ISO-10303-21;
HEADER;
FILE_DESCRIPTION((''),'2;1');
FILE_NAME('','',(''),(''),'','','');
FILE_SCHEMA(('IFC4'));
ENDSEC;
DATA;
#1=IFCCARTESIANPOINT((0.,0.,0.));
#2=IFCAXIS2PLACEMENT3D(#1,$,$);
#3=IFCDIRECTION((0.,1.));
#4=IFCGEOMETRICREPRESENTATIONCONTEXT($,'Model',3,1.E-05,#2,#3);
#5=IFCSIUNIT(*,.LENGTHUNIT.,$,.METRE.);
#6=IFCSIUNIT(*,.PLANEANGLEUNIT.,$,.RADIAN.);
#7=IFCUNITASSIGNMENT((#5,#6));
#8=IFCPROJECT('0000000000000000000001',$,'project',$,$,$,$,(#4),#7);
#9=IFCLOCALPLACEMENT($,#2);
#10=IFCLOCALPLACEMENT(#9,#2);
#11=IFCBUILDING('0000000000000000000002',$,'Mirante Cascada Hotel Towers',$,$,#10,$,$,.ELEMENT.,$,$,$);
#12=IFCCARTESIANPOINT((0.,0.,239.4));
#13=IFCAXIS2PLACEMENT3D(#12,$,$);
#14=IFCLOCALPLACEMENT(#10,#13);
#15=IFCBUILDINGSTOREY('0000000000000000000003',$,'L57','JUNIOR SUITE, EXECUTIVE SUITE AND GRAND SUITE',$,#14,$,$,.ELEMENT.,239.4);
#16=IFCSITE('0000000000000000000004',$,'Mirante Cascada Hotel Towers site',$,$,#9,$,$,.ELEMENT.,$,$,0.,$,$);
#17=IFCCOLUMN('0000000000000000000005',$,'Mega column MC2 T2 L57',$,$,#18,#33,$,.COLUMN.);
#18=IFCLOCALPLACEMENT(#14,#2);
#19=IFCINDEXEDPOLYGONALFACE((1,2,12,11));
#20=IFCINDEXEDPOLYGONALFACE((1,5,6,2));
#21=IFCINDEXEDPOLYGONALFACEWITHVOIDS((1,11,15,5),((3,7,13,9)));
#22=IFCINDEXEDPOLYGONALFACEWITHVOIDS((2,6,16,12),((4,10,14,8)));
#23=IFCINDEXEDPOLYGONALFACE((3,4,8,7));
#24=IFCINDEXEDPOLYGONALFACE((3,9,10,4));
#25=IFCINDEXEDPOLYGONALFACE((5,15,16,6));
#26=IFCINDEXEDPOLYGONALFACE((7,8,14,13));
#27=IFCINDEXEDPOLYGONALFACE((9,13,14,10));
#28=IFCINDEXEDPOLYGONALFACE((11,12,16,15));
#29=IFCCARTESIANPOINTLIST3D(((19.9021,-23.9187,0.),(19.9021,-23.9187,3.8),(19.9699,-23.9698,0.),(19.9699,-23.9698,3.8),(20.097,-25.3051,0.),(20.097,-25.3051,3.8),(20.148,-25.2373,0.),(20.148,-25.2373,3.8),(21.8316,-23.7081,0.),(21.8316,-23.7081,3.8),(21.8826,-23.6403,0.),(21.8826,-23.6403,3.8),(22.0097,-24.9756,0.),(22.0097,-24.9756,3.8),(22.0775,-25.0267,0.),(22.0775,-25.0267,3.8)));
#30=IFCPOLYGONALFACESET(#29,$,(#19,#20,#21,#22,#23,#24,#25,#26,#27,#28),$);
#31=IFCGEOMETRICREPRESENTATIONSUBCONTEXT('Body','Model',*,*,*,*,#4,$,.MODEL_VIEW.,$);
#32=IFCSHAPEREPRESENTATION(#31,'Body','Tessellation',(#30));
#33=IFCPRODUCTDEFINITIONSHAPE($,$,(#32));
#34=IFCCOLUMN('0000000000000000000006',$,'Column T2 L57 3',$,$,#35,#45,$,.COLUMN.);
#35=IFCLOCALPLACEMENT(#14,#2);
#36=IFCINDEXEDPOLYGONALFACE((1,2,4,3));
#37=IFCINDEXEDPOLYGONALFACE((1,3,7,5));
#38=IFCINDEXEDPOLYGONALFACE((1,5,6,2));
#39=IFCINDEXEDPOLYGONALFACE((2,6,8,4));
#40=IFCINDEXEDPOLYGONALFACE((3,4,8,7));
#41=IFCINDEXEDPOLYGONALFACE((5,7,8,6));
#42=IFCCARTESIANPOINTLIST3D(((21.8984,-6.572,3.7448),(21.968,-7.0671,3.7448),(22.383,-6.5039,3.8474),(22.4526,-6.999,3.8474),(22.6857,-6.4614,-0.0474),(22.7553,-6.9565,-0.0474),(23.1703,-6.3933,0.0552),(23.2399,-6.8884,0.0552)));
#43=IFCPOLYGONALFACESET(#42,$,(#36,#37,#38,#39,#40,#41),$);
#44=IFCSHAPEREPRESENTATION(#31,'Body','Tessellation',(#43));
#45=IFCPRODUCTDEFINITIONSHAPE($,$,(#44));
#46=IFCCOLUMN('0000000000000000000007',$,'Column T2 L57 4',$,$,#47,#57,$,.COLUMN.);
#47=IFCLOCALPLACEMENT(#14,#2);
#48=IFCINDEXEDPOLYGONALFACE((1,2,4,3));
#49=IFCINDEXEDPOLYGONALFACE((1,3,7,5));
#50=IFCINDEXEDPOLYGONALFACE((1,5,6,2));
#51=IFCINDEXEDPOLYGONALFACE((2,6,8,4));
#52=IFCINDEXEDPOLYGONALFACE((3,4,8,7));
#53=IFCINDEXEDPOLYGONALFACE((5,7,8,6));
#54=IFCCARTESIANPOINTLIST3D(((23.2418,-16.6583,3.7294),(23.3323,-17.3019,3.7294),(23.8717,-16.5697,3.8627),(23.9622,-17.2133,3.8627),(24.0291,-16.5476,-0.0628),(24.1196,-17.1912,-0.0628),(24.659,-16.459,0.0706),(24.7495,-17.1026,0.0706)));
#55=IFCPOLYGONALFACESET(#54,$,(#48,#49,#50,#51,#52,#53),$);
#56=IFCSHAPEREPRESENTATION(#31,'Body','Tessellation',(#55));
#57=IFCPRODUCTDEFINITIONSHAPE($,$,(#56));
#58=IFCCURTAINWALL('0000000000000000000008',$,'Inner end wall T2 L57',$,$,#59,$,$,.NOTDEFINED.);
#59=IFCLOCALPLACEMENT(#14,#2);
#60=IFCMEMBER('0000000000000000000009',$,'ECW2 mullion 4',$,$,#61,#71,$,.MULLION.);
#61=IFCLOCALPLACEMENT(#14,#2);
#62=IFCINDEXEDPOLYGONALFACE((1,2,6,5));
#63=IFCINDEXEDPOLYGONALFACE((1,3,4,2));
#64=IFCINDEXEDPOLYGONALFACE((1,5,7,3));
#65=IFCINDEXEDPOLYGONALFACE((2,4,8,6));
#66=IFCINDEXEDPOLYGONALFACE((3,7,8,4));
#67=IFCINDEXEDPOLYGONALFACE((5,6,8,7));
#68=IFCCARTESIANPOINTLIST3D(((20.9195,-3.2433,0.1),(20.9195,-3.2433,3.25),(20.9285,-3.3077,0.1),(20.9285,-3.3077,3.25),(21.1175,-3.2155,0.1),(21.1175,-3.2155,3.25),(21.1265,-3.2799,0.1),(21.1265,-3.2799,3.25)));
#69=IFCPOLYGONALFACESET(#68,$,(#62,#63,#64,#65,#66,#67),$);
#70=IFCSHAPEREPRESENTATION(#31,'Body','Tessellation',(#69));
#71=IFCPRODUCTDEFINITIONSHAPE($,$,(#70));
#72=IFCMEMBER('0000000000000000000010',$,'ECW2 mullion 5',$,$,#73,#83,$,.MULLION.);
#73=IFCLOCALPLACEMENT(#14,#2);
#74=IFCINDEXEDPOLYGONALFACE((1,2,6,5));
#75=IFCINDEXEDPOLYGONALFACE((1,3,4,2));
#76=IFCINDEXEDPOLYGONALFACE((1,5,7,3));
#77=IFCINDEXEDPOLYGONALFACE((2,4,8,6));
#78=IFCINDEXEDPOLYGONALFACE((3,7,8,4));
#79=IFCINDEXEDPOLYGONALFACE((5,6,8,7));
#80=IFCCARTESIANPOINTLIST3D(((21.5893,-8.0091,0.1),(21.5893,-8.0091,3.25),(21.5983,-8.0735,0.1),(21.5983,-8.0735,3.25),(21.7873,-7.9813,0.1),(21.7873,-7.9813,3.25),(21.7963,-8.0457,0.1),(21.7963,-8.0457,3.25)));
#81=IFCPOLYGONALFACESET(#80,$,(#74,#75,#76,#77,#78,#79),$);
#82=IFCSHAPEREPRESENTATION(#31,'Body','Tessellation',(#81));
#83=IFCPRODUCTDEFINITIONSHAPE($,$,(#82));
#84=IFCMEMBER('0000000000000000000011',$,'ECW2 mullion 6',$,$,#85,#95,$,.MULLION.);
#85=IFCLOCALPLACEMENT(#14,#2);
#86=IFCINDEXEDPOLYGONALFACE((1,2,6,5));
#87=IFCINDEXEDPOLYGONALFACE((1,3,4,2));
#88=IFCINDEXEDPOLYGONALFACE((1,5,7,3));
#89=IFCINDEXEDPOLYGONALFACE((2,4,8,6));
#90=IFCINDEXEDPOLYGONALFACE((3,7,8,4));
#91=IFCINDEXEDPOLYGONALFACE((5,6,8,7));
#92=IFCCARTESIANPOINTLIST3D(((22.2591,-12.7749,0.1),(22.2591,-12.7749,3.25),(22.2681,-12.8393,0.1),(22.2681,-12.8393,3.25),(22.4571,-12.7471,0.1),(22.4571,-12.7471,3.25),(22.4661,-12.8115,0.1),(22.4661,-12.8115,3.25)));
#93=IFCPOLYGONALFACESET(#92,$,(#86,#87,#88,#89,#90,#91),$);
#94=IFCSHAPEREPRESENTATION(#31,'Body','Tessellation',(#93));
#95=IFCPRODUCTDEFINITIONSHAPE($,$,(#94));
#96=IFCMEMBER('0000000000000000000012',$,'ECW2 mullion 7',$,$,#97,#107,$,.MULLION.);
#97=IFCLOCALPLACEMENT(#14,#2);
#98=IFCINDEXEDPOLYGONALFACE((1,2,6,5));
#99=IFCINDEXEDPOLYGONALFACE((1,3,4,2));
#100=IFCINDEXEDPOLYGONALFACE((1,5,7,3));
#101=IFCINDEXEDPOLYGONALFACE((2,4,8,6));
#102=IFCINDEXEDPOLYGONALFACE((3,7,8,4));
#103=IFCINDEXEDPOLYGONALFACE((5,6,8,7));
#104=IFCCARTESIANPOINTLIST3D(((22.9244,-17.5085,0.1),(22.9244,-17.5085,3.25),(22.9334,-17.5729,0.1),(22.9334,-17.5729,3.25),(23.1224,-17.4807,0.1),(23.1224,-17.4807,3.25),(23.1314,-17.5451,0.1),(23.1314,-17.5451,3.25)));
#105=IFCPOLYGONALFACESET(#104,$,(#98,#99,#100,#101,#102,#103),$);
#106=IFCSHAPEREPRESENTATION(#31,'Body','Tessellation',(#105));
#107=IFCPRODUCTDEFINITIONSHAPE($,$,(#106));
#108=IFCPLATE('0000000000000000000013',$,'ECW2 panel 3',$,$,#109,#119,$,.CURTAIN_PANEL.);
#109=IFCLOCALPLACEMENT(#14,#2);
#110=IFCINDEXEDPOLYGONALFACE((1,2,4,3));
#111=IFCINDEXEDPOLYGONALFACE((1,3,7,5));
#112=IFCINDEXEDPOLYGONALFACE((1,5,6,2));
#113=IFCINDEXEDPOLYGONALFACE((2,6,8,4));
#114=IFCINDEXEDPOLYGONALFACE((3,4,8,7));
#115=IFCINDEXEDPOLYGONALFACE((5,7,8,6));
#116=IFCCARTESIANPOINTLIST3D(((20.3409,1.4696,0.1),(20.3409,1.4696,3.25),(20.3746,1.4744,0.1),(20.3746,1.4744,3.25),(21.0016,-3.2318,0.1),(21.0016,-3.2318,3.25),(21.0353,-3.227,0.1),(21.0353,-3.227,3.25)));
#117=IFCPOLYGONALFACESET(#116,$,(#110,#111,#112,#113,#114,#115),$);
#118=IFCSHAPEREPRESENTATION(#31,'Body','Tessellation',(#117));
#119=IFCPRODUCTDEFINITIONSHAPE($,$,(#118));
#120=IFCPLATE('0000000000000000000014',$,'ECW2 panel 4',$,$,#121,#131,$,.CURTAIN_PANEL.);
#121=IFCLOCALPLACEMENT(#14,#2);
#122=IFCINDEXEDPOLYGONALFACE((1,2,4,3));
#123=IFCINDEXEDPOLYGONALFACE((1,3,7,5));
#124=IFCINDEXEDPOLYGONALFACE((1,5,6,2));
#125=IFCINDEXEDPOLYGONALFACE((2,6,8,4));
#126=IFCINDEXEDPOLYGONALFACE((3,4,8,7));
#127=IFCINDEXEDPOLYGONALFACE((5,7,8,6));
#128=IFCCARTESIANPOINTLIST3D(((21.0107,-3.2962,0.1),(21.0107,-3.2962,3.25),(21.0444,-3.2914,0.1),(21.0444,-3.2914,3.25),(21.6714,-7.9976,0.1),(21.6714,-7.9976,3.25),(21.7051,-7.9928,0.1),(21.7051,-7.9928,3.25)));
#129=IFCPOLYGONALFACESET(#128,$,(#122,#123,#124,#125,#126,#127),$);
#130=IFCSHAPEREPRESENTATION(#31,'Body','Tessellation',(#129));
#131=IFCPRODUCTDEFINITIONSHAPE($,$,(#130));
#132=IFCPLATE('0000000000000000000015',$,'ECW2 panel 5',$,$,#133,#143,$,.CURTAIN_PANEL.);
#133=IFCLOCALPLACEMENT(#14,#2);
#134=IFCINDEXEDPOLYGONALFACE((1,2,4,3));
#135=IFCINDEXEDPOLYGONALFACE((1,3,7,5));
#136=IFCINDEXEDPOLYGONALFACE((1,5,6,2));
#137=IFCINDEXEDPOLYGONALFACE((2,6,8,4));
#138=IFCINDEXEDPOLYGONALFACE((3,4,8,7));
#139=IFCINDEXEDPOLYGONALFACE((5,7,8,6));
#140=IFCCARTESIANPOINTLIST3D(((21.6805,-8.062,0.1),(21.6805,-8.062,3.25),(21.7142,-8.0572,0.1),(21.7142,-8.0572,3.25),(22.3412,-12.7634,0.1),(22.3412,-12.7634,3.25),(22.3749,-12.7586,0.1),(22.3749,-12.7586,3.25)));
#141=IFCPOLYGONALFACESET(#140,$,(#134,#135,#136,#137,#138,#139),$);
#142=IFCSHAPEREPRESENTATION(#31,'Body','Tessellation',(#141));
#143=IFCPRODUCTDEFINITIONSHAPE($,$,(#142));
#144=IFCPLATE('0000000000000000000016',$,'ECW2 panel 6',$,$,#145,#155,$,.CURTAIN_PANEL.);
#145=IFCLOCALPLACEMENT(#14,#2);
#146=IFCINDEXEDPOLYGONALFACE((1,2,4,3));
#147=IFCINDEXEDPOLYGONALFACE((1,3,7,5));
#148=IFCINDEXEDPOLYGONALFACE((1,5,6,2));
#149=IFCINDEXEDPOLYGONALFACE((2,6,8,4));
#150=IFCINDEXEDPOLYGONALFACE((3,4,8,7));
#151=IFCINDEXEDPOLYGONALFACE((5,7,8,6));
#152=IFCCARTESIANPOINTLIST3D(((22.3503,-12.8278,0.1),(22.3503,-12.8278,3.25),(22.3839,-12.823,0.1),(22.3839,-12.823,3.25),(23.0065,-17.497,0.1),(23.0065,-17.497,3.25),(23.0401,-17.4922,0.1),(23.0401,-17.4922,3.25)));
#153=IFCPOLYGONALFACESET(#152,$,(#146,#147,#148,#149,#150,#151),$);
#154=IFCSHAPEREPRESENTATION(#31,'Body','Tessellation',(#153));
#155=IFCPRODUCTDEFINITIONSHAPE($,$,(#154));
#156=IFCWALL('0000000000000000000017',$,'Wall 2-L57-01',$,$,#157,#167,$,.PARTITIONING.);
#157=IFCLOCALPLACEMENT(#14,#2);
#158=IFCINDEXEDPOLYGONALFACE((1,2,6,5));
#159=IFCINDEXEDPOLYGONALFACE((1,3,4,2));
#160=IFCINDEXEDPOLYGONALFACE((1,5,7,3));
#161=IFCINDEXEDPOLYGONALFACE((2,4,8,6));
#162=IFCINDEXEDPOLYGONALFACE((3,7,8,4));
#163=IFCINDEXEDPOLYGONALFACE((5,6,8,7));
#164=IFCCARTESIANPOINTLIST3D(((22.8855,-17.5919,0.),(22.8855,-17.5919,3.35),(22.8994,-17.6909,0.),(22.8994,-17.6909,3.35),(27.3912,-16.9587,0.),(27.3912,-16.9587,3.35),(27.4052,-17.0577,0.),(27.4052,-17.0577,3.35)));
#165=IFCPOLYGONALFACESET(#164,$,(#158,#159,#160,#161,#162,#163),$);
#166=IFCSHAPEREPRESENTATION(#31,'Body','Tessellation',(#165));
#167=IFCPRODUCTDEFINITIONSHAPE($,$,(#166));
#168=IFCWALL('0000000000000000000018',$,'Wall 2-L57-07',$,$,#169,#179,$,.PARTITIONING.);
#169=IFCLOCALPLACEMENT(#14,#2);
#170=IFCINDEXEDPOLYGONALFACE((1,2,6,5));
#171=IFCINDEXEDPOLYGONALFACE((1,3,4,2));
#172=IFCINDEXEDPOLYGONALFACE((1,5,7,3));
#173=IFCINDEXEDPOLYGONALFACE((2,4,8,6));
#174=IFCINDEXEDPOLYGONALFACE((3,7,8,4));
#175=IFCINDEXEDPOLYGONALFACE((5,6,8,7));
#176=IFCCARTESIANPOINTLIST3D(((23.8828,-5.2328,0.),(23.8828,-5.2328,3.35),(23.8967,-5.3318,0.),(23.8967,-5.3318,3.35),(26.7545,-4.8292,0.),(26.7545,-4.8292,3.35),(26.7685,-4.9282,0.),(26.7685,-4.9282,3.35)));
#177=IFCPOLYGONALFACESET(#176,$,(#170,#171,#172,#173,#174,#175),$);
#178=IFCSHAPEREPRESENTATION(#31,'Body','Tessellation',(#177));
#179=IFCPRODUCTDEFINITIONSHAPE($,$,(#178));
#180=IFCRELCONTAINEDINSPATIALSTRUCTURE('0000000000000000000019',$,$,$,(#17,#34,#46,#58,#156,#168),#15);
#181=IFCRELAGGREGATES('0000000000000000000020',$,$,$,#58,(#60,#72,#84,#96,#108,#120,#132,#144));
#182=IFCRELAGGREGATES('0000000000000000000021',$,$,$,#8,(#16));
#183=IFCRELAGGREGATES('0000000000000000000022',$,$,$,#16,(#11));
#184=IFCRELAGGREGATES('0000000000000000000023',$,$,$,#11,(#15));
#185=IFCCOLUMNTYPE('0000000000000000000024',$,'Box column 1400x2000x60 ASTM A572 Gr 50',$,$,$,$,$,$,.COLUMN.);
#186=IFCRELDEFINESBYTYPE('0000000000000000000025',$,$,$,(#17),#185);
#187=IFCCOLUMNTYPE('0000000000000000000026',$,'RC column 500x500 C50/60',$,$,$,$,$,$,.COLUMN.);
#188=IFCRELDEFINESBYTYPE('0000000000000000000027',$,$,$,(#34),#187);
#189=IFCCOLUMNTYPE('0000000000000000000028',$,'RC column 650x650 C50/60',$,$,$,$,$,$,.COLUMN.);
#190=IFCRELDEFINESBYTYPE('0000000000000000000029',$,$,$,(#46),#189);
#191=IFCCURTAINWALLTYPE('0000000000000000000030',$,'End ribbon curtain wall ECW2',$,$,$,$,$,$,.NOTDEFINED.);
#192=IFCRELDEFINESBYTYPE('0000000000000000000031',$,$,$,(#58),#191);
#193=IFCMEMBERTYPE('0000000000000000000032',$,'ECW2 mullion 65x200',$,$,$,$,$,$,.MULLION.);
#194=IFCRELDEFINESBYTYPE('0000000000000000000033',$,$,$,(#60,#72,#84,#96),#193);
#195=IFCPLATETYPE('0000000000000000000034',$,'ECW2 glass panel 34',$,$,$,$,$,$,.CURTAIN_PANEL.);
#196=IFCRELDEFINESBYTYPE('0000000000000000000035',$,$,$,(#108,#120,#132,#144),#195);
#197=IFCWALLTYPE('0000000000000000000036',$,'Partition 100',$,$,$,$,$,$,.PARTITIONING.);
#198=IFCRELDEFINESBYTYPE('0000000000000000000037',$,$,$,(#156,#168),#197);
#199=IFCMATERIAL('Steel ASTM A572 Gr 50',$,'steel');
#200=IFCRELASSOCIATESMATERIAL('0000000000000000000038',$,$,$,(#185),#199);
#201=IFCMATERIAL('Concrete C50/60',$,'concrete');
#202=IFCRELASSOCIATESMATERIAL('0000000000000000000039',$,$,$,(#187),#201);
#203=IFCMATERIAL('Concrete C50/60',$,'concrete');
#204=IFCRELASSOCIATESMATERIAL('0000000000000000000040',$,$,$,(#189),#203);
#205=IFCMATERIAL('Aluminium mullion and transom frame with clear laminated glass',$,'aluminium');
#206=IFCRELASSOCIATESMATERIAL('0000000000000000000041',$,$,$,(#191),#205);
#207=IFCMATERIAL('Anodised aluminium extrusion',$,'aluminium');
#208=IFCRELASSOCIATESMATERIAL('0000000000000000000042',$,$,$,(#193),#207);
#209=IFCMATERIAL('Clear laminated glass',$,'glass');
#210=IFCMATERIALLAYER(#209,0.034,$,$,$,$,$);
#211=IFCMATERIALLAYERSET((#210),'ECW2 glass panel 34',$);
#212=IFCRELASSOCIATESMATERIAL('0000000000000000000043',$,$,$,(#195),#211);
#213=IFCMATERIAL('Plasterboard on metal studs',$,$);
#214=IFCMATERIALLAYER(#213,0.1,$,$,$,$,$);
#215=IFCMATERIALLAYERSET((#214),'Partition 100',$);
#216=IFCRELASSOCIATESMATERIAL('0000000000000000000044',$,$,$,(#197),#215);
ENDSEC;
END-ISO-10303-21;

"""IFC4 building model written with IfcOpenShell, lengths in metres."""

from ifc_helpers import new_model, si_unit, direction, frame, frame_2d, origin, origin_2d, place, context, subcontext, project, spatial, rectangle, hollow_rectangle, extrude, material, layer, layer_set, material_profile, profile_set, type_object, element, aggregate, save


model = new_model("IFC4")

# Units and contexts
model_context = context("Model", 3, precision=1e-05, world=origin(), true_north=direction((0.0, 1.0)))
body_context = subcontext(model_context, "Body", "Model", "MODEL_VIEW")
ifc_project = project(units=[si_unit("LENGTHUNIT", "METRE"), si_unit("PLANEANGLEUNIT", "RADIAN")], contexts=[model_context])

# Site, building, storey
site_placement = place(None, origin())
site = spatial("IfcSite", under=ifc_project, at=site_placement, Name="Mirante Cascada Hotel Towers site", CompositionType="ELEMENT", RefElevation=0.0)
building_placement = place(site_placement, origin())
building = spatial("IfcBuilding", under=site, at=building_placement, Name="Mirante Cascada Hotel Towers", CompositionType="ELEMENT")
storey_placement = place(building_placement, frame((0.0, 0.0, 239.4)))
storey = spatial("IfcBuildingStorey", under=building, at=storey_placement, Name="L57", Description="JUNIOR SUITE, EXECUTIVE SUITE AND GRAND SUITE", CompositionType="ELEMENT", Elevation=239.4)

# Columns
ifc_material_1 = material(Name="Steel ASTM A572 Gr 50", Category="steel")
ifc_material_profile_1 = material_profile(ifc_material_1, hollow_rectangle(XDim=2.0, YDim=1.4, WallThickness=0.06, at=origin_2d()), Name="Box column 1400x2000x60 ASTM A572 Gr 50")
ifc_profile_set_1 = profile_set([ifc_material_profile_1], Name="Steel ASTM A572 Gr 50")
column_type_1 = type_object("IfcColumnType", Name="Box column 1400x2000x60 ASTM A572 Gr 50", PredefinedType="COLUMN", material=ifc_profile_set_1)
column_1_placement = place(storey_placement, frame((20.9898, -24.4727, 0.0), z_axis=(0.0, 0.0, 1.0), x_axis=(0.990268, 0.139173, 0.0)))
element("IfcColumn", 1, at=column_1_placement, inside=storey, type_object=column_type_1, Name="Mega column MC2 T2 L57", PredefinedType="COLUMN", context=body_context, shape_type="SweptSolid", body=[
    extrude(hollow_rectangle(XDim=2.0, YDim=1.4, WallThickness=0.06, at=origin_2d()), origin(), (0.0, 0.0, 1.0), 3.8),
])
ifc_material_2 = material(Name="Concrete C50/60", Category="concrete")
ifc_material_profile_2 = material_profile(ifc_material_2, rectangle(XDim=0.5, YDim=0.5, at=origin_2d()), Name="RC column 500x500 C50/60")
ifc_profile_set_2 = profile_set([ifc_material_profile_2], Name="Concrete C50/60")
column_type_2 = type_object("IfcColumnType", Name="RC column 500x500 C50/60", PredefinedType="COLUMN", material=ifc_profile_set_2)
column_2_placement = place(storey_placement, frame((22.9628, -6.6749, 0.0039), z_axis=(-0.203193, -0.028545, 0.978723), x_axis=(0.139114, -0.990276, 0.0)))
element("IfcColumn", 2, at=column_2_placement, inside=storey, type_object=column_type_2, Name="Column T2 L57 3", PredefinedType="COLUMN", context=body_context, shape_type="SweptSolid", body=[
    extrude(rectangle(XDim=0.5, YDim=0.5, at=origin_2d()), origin(), (0.0, 0.0, 1.0), 3.8746),
])
ifc_material_3 = material(Name="Concrete C50/60", Category="concrete")
ifc_material_profile_3 = material_profile(ifc_material_3, rectangle(XDim=0.65, YDim=0.65, at=origin_2d()), Name="RC column 650x650 C50/60")
ifc_profile_set_3 = profile_set([ifc_material_profile_3], Name="Concrete C50/60")
column_type_3 = type_object("IfcColumnType", Name="RC column 650x650 C50/60", PredefinedType="COLUMN", material=ifc_profile_set_3)
column_3_placement = place(storey_placement, frame((24.3893, -16.8251, 0.0039), z_axis=(-0.203193, -0.02857, 0.978722), x_axis=(0.139237, -0.990259, 0.0)))
element("IfcColumn", 3, at=column_3_placement, inside=storey, type_object=column_type_3, Name="Column T2 L57 4", PredefinedType="COLUMN", context=body_context, shape_type="SweptSolid", body=[
    extrude(rectangle(XDim=0.65, YDim=0.65, at=origin_2d()), origin(), (0.0, 0.0, 1.0), 3.8746),
])

# Curtain wall, members, plates
ifc_material_4 = material(Name="Aluminium mullion and transom frame with clear laminated glass", Category="aluminium")
curtain_wall_type = type_object("IfcCurtainWallType", Name="End ribbon curtain wall ECW2", PredefinedType="NOTDEFINED", material=ifc_material_4)
curtain_wall_placement = place(storey_placement, origin())
curtain_wall = element("IfcCurtainWall", 4, at=curtain_wall_placement, inside=storey, type_object=curtain_wall_type, Name="Inner end wall T2 L57", PredefinedType="NOTDEFINED")
ifc_material_5 = material(Name="Anodised aluminium extrusion", Category="aluminium")
ifc_material_profile_4 = material_profile(ifc_material_5, rectangle(XDim=0.2, YDim=0.065, at=origin_2d()), Name="ECW2 MULLION 65x200")
ifc_profile_set_4 = profile_set([ifc_material_profile_4], Name="Anodised aluminium extrusion")
member_type = type_object("IfcMemberType", Name="ECW2 mullion 65x200", PredefinedType="MULLION", material=ifc_profile_set_4)
member_1_placement = place(storey_placement, frame((21.023, -3.2616, 0.1), z_axis=(0.0, 0.0, 1.0), x_axis=(0.990268, 0.139173, 0.0)))
member_1 = element("IfcMember", 5, at=member_1_placement, type_object=member_type, Name="ECW2 mullion 4", PredefinedType="MULLION", context=body_context, shape_type="SweptSolid", body=[
    extrude(rectangle(XDim=0.2, YDim=0.065, at=origin_2d()), origin(), (0.0, 0.0, 1.0), 3.15),
])
member_2_placement = place(storey_placement, frame((21.6928, -8.0274, 0.1), z_axis=(0.0, 0.0, 1.0), x_axis=(0.990268, 0.139173, 0.0)))
member_2 = element("IfcMember", 6, at=member_2_placement, type_object=member_type, Name="ECW2 mullion 5", PredefinedType="MULLION", context=body_context, shape_type="SweptSolid", body=[
    extrude(rectangle(XDim=0.2, YDim=0.065, at=origin_2d()), origin(), (0.0, 0.0, 1.0), 3.15),
])
member_3_placement = place(storey_placement, frame((22.3626, -12.7932, 0.1), z_axis=(0.0, 0.0, 1.0), x_axis=(0.990268, 0.139173, 0.0)))
member_3 = element("IfcMember", 7, at=member_3_placement, type_object=member_type, Name="ECW2 mullion 6", PredefinedType="MULLION", context=body_context, shape_type="SweptSolid", body=[
    extrude(rectangle(XDim=0.2, YDim=0.065, at=origin_2d()), origin(), (0.0, 0.0, 1.0), 3.15),
])
member_4_placement = place(storey_placement, frame((23.0279, -17.5268, 0.1), z_axis=(0.0, 0.0, 1.0), x_axis=(0.990268, 0.139173, 0.0)))
member_4 = element("IfcMember", 8, at=member_4_placement, type_object=member_type, Name="ECW2 mullion 7", PredefinedType="MULLION", context=body_context, shape_type="SweptSolid", body=[
    extrude(rectangle(XDim=0.2, YDim=0.065, at=origin_2d()), origin(), (0.0, 0.0, 1.0), 3.15),
])
ifc_material_6 = material(Name="Clear laminated glass", Category="glass")
ifc_layer_1 = layer(ifc_material_6, 0.034)
ifc_layer_set_1 = layer_set([ifc_layer_1], Name="ECW2 glass panel 34")
plate_type = type_object("IfcPlateType", Name="ECW2 glass panel 34", PredefinedType="CURTAIN_PANEL", material=ifc_layer_set_1)
plate_1_placement = place(storey_placement, frame((20.6881, -0.8787, 0.1), z_axis=(0.0, 0.0, 1.0), x_axis=(0.139173, -0.990268, 0.0)))
plate_1 = element("IfcPlate", 9, at=plate_1_placement, type_object=plate_type, Name="ECW2 panel 3", PredefinedType="CURTAIN_PANEL", context=body_context, shape_type="SweptSolid", body=[
    extrude(rectangle(XDim=4.7476, YDim=0.034, at=origin_2d()), origin(), (0.0, 0.0, 1.0), 3.15),
])
plate_2_placement = place(storey_placement, frame((21.3579, -5.6445, 0.1), z_axis=(0.0, 0.0, 1.0), x_axis=(0.139173, -0.990268, 0.0)))
plate_2 = element("IfcPlate", 10, at=plate_2_placement, type_object=plate_type, Name="ECW2 panel 4", PredefinedType="CURTAIN_PANEL", context=body_context, shape_type="SweptSolid", body=[
    extrude(rectangle(XDim=4.7476, YDim=0.034, at=origin_2d()), origin(), (0.0, 0.0, 1.0), 3.15),
])
plate_3_placement = place(storey_placement, frame((22.0277, -10.4103, 0.1), z_axis=(0.0, 0.0, 1.0), x_axis=(0.139173, -0.990268, 0.0)))
plate_3 = element("IfcPlate", 11, at=plate_3_placement, type_object=plate_type, Name="ECW2 panel 5", PredefinedType="CURTAIN_PANEL", context=body_context, shape_type="SweptSolid", body=[
    extrude(rectangle(XDim=4.7476, YDim=0.034, at=origin_2d()), origin(), (0.0, 0.0, 1.0), 3.15),
])
plate_4_placement = place(storey_placement, frame((22.6952, -15.16, 0.1), z_axis=(0.0, 0.0, 1.0), x_axis=(0.139173, -0.990268, 0.0)))
plate_4 = element("IfcPlate", 12, at=plate_4_placement, type_object=plate_type, Name="ECW2 panel 6", PredefinedType="CURTAIN_PANEL", context=body_context, shape_type="SweptSolid", body=[
    extrude(rectangle(XDim=4.7151, YDim=0.034, at=origin_2d()), origin(), (0.0, 0.0, 1.0), 3.15),
])
aggregate(curtain_wall, [member_1, member_2, member_3, member_4, plate_1, plate_2, plate_3, plate_4])

# Walls
ifc_material_7 = material(Name="Plasterboard on metal studs")
ifc_layer_2 = layer(ifc_material_7, 0.1)
ifc_layer_set_2 = layer_set([ifc_layer_2], Name="Partition 100")
wall_type_1 = type_object("IfcWallType", Name="Partition 100", PredefinedType="PARTITIONING", material=ifc_layer_set_2)
wall_1_placement = place(storey_placement, frame((27.3982, -17.0082, 0.0), z_axis=(0.0, 0.0, 1.0), x_axis=(-0.990269, -0.139166, 0.0)))
element("IfcWall", 13, at=wall_1_placement, inside=storey, type_object=wall_type_1, Name="Wall 2-L57-01", PredefinedType="PARTITIONING", context=body_context, shape_type="SweptSolid", body=[
    extrude(rectangle(XDim=4.55, YDim=0.1, at=frame_2d((2.275, 0.0))), origin(), (0.0, 0.0, 1.0), 3.35),
])
wall_2_placement = place(storey_placement, frame((26.7615, -4.8787, 0.0), z_axis=(0.0, 0.0, 1.0), x_axis=(-0.990268, -0.139171, 0.0)))
element("IfcWall", 14, at=wall_2_placement, inside=storey, type_object=wall_type_1, Name="Wall 2-L57-07", PredefinedType="PARTITIONING", context=body_context, shape_type="SweptSolid", body=[
    extrude(rectangle(XDim=2.9, YDim=0.1, at=frame_2d((1.45, 0.0))), origin(), (0.0, 0.0, 1.0), 3.35),
])

save(model, "model.ifc")
